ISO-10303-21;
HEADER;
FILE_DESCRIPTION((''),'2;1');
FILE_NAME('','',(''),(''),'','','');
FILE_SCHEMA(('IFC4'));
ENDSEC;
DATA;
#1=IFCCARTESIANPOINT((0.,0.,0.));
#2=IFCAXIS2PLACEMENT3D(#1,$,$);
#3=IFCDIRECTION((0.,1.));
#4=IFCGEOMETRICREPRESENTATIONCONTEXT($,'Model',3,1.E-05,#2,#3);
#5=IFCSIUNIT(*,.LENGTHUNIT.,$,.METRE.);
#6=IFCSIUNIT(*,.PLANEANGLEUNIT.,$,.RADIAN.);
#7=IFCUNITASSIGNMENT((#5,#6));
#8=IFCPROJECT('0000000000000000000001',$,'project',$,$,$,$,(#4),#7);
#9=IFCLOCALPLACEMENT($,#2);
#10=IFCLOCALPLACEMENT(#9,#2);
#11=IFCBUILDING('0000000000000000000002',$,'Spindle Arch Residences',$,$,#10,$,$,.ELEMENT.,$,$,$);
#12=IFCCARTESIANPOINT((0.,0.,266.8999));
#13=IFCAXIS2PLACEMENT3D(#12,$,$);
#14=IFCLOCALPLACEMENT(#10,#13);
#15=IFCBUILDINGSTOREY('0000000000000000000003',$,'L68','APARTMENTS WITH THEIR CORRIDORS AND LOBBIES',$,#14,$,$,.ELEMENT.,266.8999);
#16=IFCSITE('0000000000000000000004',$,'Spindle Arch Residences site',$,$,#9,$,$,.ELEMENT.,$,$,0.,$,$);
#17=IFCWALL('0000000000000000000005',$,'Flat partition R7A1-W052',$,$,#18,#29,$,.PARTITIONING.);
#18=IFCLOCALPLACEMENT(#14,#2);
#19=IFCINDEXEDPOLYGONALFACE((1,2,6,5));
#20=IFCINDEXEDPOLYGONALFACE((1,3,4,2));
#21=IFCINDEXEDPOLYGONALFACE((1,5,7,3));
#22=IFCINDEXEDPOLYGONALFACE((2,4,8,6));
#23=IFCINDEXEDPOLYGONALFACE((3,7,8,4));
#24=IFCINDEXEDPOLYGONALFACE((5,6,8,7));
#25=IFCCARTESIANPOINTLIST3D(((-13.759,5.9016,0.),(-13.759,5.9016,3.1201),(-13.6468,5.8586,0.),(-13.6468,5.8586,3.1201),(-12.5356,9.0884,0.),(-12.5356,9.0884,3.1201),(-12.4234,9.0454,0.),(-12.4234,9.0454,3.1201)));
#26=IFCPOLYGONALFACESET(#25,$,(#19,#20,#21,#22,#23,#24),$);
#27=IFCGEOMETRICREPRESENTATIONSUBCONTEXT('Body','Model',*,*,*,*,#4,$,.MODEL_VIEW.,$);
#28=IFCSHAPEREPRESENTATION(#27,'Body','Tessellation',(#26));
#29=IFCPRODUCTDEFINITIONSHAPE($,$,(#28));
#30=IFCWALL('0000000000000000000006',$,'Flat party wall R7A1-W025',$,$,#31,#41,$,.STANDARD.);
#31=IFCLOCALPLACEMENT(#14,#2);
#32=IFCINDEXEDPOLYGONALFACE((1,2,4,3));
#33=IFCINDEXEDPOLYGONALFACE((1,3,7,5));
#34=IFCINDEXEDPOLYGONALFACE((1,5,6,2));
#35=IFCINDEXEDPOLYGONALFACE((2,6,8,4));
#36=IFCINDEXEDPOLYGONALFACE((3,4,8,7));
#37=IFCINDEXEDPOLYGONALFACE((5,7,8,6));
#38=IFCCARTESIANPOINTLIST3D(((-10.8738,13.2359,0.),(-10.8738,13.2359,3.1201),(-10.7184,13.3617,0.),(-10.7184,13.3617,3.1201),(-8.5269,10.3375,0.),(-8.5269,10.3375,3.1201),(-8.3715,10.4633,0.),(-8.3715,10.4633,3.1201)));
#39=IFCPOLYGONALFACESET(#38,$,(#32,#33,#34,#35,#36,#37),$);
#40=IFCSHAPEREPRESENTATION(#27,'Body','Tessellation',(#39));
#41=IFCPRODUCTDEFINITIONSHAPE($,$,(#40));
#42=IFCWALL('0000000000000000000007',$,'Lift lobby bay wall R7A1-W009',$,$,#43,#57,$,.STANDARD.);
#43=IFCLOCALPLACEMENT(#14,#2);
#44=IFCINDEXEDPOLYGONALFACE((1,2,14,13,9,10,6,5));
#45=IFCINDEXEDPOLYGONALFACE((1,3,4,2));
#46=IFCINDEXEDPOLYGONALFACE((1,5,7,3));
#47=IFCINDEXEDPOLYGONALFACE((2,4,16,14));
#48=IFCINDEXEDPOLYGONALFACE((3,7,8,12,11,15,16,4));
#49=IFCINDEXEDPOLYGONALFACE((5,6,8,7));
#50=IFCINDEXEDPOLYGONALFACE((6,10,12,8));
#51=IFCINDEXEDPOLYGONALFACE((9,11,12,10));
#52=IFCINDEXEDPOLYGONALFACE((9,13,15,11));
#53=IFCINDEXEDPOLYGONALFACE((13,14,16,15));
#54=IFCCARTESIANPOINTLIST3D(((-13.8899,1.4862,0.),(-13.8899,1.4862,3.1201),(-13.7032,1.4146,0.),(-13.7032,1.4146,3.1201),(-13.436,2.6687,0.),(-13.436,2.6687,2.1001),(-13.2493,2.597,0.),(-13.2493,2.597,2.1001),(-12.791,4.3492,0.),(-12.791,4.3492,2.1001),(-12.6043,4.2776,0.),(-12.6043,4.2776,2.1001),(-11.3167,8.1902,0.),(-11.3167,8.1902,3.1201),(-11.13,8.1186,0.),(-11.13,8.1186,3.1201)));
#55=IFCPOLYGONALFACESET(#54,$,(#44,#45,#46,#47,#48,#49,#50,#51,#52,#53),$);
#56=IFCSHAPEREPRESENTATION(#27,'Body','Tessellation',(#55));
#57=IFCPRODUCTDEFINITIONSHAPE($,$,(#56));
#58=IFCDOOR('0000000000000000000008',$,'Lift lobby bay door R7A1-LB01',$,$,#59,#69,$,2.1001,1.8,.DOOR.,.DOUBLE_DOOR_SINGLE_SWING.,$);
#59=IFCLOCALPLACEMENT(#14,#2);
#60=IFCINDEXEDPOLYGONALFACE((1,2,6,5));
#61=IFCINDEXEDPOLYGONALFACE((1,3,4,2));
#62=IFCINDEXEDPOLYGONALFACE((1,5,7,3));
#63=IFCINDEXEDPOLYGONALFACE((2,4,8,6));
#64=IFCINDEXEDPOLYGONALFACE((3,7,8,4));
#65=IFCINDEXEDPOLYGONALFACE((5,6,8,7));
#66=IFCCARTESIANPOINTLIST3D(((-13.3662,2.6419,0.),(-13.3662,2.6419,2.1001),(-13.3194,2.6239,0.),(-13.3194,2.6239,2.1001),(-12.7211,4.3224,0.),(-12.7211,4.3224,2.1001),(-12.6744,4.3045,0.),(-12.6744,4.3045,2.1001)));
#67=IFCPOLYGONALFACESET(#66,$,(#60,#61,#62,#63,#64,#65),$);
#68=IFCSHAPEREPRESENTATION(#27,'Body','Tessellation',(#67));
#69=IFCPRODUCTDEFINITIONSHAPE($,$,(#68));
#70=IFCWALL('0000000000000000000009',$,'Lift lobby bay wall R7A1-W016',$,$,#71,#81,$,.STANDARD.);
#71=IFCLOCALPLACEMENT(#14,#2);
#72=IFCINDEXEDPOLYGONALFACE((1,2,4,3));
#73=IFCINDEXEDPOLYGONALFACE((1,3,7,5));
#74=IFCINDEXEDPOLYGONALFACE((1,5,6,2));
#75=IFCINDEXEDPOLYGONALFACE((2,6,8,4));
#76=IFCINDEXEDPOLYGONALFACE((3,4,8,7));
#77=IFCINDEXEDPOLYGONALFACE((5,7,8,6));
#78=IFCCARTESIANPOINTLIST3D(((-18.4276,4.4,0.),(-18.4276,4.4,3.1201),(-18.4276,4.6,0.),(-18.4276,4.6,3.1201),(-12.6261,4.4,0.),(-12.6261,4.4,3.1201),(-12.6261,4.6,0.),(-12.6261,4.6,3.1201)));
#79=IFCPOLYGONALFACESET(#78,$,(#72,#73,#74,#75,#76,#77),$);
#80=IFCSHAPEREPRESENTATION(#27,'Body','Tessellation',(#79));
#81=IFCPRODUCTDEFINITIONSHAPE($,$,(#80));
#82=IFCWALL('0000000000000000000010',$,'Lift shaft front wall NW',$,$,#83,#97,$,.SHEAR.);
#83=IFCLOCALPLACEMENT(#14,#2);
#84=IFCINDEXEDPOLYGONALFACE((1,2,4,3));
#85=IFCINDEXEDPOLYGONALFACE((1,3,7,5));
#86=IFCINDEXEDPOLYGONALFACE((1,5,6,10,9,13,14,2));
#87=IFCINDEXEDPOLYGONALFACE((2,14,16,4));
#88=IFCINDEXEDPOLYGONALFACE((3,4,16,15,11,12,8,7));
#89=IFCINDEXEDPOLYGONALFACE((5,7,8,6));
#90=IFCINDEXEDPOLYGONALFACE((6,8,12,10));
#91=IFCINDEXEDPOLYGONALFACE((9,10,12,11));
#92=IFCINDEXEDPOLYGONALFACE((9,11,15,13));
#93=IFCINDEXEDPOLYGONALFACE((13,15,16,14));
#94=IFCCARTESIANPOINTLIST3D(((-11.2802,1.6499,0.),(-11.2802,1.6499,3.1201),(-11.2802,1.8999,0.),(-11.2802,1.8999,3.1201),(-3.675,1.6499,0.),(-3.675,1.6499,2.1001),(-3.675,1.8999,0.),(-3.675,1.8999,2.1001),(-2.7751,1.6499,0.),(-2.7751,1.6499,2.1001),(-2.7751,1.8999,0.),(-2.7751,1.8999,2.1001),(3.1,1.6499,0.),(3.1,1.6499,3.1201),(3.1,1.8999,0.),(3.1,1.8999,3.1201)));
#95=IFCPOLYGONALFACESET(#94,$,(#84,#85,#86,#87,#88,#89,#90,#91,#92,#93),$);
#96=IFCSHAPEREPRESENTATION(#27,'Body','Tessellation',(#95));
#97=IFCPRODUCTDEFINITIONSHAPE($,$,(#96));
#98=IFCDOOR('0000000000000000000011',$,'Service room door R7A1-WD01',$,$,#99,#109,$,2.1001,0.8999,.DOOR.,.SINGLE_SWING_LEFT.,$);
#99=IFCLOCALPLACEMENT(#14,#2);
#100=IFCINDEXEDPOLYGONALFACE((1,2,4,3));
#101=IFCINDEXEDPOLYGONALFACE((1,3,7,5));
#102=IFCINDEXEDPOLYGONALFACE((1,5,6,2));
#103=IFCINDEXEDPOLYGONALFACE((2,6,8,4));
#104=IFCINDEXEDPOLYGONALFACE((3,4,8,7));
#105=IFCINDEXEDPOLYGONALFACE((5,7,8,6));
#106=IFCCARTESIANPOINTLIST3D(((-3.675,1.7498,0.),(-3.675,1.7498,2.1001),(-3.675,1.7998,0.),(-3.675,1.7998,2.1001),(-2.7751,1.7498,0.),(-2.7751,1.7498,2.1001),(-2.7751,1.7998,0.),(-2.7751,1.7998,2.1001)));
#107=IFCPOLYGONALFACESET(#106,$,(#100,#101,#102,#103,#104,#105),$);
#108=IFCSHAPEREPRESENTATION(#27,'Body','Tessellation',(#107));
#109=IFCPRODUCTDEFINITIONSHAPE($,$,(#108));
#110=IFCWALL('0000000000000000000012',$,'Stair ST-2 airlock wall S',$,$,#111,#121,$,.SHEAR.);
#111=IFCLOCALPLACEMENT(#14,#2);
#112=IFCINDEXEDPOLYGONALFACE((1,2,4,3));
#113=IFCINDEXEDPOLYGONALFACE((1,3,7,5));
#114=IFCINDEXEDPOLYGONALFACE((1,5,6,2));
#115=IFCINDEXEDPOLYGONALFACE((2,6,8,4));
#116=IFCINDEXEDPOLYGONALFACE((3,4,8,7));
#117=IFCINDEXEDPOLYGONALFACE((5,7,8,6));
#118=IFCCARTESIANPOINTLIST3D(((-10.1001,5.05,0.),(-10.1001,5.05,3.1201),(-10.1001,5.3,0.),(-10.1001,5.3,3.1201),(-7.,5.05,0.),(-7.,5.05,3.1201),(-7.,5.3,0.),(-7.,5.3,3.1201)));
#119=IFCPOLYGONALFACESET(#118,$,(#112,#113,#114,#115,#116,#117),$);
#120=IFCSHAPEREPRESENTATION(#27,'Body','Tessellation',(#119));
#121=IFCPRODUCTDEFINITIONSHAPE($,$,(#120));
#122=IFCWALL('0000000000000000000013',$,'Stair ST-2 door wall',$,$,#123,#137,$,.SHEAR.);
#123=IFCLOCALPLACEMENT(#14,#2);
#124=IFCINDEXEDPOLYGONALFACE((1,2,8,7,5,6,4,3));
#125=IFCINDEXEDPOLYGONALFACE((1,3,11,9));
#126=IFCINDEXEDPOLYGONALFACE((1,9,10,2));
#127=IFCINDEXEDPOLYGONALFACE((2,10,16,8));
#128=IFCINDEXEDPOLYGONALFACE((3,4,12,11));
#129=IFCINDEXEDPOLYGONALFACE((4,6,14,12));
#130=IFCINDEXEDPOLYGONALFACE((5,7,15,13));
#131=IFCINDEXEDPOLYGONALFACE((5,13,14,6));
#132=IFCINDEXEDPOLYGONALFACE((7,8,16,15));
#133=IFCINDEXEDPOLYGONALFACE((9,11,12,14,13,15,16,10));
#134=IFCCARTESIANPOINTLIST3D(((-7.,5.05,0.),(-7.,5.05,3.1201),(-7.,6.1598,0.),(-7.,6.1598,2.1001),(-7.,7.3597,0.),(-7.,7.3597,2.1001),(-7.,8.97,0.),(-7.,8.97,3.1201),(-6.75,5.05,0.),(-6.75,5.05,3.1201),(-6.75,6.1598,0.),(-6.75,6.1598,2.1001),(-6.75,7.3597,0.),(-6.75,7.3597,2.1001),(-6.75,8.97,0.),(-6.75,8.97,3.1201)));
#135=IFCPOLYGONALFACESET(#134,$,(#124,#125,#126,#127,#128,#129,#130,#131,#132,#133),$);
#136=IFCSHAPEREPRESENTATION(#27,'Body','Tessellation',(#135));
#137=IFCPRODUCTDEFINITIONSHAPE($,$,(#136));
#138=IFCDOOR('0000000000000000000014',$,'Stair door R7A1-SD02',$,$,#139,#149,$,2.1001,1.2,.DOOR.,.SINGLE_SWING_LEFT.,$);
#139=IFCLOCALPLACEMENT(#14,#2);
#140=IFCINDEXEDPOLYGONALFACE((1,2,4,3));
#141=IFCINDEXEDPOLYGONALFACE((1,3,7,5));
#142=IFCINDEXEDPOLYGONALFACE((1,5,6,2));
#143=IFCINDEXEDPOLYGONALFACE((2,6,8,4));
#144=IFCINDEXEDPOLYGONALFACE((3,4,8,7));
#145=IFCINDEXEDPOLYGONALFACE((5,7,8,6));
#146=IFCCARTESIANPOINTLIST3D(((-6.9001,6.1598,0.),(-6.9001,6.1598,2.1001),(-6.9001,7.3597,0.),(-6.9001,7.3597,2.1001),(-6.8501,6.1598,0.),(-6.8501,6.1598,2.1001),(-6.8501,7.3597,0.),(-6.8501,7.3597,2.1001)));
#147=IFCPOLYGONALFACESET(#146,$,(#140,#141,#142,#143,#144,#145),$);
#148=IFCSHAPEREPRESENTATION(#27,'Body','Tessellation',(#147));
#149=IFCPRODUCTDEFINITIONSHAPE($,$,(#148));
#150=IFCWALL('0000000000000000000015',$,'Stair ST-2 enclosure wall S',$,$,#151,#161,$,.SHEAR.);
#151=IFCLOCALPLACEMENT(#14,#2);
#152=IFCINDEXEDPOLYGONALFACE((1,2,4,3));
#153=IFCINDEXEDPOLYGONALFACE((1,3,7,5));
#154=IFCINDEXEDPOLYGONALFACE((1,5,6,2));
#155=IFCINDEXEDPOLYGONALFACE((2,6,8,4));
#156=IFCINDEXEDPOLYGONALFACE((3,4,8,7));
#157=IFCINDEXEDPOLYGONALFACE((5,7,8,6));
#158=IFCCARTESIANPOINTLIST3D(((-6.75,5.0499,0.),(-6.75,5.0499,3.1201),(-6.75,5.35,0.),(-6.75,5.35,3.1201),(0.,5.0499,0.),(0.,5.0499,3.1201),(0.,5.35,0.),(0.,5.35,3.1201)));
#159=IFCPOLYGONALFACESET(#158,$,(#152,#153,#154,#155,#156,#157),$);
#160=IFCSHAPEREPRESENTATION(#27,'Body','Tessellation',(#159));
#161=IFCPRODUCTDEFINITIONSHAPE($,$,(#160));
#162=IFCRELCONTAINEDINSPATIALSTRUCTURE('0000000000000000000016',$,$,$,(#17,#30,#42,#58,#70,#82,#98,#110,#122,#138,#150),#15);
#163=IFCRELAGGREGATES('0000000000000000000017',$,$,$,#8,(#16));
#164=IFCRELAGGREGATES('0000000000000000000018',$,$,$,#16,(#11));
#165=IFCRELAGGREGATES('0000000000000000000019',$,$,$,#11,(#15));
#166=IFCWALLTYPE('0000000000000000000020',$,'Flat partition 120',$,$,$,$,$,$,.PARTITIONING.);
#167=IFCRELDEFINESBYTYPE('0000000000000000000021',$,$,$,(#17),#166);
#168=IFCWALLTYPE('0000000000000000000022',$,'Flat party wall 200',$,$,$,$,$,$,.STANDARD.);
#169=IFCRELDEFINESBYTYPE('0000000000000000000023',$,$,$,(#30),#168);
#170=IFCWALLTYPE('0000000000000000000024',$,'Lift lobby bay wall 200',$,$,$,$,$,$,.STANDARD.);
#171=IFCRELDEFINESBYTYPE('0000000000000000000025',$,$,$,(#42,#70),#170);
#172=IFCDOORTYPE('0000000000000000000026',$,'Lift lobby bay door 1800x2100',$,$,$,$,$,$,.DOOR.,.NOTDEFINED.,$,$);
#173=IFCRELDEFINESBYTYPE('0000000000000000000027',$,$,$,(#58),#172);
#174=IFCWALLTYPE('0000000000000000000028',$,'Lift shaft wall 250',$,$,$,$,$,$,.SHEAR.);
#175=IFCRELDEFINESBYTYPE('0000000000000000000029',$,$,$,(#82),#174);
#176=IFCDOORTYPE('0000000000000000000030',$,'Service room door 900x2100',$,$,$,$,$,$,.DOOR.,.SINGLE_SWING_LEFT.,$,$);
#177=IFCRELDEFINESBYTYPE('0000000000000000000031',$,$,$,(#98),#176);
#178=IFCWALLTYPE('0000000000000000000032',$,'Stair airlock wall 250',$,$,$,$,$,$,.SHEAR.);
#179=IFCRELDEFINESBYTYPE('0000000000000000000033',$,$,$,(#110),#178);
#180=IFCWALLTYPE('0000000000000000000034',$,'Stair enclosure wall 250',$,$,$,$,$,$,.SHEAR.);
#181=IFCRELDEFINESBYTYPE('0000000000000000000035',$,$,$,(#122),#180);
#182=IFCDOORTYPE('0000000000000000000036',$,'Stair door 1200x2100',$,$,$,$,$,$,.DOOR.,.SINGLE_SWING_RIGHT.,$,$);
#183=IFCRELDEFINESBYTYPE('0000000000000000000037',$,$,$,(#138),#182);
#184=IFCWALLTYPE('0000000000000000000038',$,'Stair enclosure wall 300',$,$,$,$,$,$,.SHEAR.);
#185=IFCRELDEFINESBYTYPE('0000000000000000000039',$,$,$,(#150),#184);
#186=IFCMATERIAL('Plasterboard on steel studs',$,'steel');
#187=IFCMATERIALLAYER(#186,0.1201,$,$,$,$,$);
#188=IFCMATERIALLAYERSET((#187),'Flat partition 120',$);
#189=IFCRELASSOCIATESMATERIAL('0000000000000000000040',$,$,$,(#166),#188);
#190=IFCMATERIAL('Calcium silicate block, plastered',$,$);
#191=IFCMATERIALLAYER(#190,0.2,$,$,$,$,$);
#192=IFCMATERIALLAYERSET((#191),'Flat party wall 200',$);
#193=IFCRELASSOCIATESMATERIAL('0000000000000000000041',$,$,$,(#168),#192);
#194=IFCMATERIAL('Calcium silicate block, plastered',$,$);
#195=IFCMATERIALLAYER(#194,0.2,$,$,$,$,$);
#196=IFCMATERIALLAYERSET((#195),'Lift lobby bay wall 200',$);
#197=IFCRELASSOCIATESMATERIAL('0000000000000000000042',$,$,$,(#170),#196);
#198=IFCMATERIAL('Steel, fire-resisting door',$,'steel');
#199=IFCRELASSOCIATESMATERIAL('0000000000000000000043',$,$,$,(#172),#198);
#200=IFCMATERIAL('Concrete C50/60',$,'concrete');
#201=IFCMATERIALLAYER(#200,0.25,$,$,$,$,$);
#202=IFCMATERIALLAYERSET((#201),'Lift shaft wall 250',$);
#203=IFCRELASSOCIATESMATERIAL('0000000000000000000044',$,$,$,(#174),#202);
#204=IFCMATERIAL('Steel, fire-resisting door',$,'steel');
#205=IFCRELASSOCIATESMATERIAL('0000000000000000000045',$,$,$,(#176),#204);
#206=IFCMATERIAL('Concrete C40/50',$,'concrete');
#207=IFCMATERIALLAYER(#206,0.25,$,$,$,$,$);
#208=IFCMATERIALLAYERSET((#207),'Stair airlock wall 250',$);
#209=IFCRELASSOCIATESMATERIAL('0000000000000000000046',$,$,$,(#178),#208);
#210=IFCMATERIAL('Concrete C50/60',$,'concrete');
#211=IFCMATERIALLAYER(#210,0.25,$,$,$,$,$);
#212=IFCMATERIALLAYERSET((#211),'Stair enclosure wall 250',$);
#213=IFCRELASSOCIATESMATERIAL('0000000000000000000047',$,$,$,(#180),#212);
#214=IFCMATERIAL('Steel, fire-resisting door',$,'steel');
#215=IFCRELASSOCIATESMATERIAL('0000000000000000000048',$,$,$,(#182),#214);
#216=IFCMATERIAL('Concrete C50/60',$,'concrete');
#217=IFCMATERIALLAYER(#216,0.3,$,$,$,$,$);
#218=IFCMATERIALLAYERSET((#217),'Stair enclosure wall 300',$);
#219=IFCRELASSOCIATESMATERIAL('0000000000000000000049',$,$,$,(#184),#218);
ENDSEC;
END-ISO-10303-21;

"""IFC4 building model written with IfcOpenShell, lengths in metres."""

from ifc_helpers import new_model, si_unit, direction, frame, frame_2d, origin, place, context, subcontext, project, spatial, rectangle, extrude, material, layer, layer_set, type_object, element, fill, save


model = new_model("IFC4")

# Units and contexts
model_context = context("Model", 3, precision=1e-05, world=origin(), true_north=direction((0.0, 1.0)))
body_context = subcontext(model_context, "Body", "Model", "MODEL_VIEW")
ifc_project = project(units=[si_unit("LENGTHUNIT", "METRE"), si_unit("PLANEANGLEUNIT", "RADIAN")], contexts=[model_context])

# Site, building, storey
site_placement = place(None, origin())
site = spatial("IfcSite", under=ifc_project, at=site_placement, Name="Spindle Arch Residences site", CompositionType="ELEMENT", RefElevation=0.0)
building_placement = place(site_placement, origin())
building = spatial("IfcBuilding", under=site, at=building_placement, Name="Spindle Arch Residences", CompositionType="ELEMENT")
storey_placement = place(building_placement, frame((0.0, 0.0, 266.8999)))
storey = spatial("IfcBuildingStorey", under=building, at=storey_placement, Name="L68", Description="APARTMENTS WITH THEIR CORRIDORS AND LOBBIES", CompositionType="ELEMENT", Elevation=266.8999)

# Shared definitions
ifc_material_1 = material(Name="Plasterboard on steel studs", Category="steel")
ifc_layer_1 = layer(ifc_material_1, 0.1201)
ifc_layer_set_1 = layer_set([ifc_layer_1], Name="Flat partition 120")
wall_type_1 = type_object("IfcWallType", Name="Flat partition 120", PredefinedType="PARTITIONING", material=ifc_layer_set_1)

# Walls
wall_1_placement = place(storey_placement, frame((-12.4795, 9.0669, 0.0), z_axis=(0.0, 0.0, 1.0), x_axis=(-0.358394, -0.93357, 0.0)))
element("IfcWall", 1, at=wall_1_placement, inside=storey, type_object=wall_type_1, Name="Flat partition R7A1-W052", PredefinedType="PARTITIONING", context=body_context, shape_type="SweptSolid", body=[
    extrude(rectangle(XDim=3.4136, YDim=0.1201, at=frame_2d((1.7068, 0.0))), origin(), (0.0, 0.0, 1.0), 3.1201),
])
ifc_material_2 = material(Name="Calcium silicate block, plastered")
ifc_layer_2 = layer(ifc_material_2, 0.2)
ifc_layer_set_2 = layer_set([ifc_layer_2], Name="Flat party wall 200")
wall_type_2 = type_object("IfcWallType", Name="Flat party wall 200", PredefinedType="STANDARD", material=ifc_layer_set_2)
wall_2_placement = place(storey_placement, frame((-10.7961, 13.2988, 0.0), z_axis=(0.0, 0.0, 1.0), x_axis=(0.62929, -0.77717, 0.0)))
element("IfcWall", 2, at=wall_2_placement, inside=storey, type_object=wall_type_2, Name="Flat party wall R7A1-W025", PredefinedType="STANDARD", context=body_context, shape_type="SweptSolid", body=[
    extrude(rectangle(XDim=3.7295, YDim=0.2, at=frame_2d((1.8647, 0.0))), origin(), (0.0, 0.0, 1.0), 3.1201),
])

# Wall, opening, door
ifc_material_3 = material(Name="Calcium silicate block, plastered")
ifc_layer_3 = layer(ifc_material_3, 0.2)
ifc_layer_set_3 = layer_set([ifc_layer_3], Name="Lift lobby bay wall 200")
wall_type_3 = type_object("IfcWallType", Name="Lift lobby bay wall 200", PredefinedType="STANDARD", material=ifc_layer_set_3)
wall_3_placement = place(storey_placement, frame((-11.2234, 8.1543, 0.0), z_axis=(0.0, 0.0, 1.0), x_axis=(-0.358341, -0.933591, 0.0)))
wall_3 = element("IfcWall", 3, at=wall_3_placement, inside=storey, type_object=wall_type_3, Name="Lift lobby bay wall R7A1-W009", PredefinedType="STANDARD", context=body_context, shape_type="SweptSolid", body=[
    extrude(rectangle(XDim=7.1809, YDim=0.2, at=frame_2d((3.5903, 0.0))), origin(), (0.0, 0.0, 1.0), 3.1201),
])
opening_1_placement = place(wall_3_placement, frame((4.1143, 0.0, 0.0)))
opening_1 = element("IfcOpeningElement", 4, at=opening_1_placement, cuts=wall_3, PredefinedType="OPENING", context=body_context, shape_type="SweptSolid", body=[
    extrude(rectangle(XDim=1.8, YDim=2.1001, at=frame_2d((0.8999, 1.05))), frame((0.0, 0.1099, 0.0), z_axis=(0.0, -1.0, 0.0), x_axis=(1.0, 0.0, 0.0)), (0.0, 0.0, 1.0), 0.22),
])
ifc_material_4 = material(Name="Steel, fire-resisting door", Category="steel")
door_type_1 = type_object("IfcDoorType", Name="Lift lobby bay door 1800x2100", OperationType="NOTDEFINED", PredefinedType="DOOR", material=ifc_material_4)
door_1_placement = place(opening_1_placement, origin())
door_1 = element("IfcDoor", 5, at=door_1_placement, inside=storey, type_object=door_type_1, Name="Lift lobby bay door R7A1-LB01", OperationType="DOUBLE_DOOR_SINGLE_SWING", OverallHeight=2.1001, OverallWidth=1.8, PredefinedType="DOOR", context=body_context, shape_type="SweptSolid", body=[
    extrude(rectangle(XDim=1.8, YDim=2.1001, at=frame_2d((0.8999, 1.05))), frame((0.0, 0.0249, 0.0), z_axis=(0.0, -1.0, 0.0), x_axis=(1.0, 0.0, 0.0)), (0.0, 0.0, 1.0), 0.05),
])
fill(opening_1, door_1)

# Wall
wall_4_placement = place(storey_placement, frame((-12.626, 4.5, 0.0), z_axis=(0.0, 0.0, 1.0), x_axis=(-1.0, 0.0, 0.0)))
element("IfcWall", 6, at=wall_4_placement, inside=storey, type_object=wall_type_3, Name="Lift lobby bay wall R7A1-W016", PredefinedType="STANDARD", context=body_context, shape_type="SweptSolid", body=[
    extrude(rectangle(XDim=5.8015, YDim=0.2, at=frame_2d((2.9009, 0.0))), origin(), (0.0, 0.0, 1.0), 3.1201),
])

# Wall, opening, door
ifc_material_5 = material(Name="Concrete C50/60", Category="concrete")
ifc_layer_4 = layer(ifc_material_5, 0.25)
ifc_layer_set_4 = layer_set([ifc_layer_4], Name="Lift shaft wall 250")
wall_type_4 = type_object("IfcWallType", Name="Lift shaft wall 250", PredefinedType="SHEAR", material=ifc_layer_set_4)
wall_5_placement = place(storey_placement, frame((-11.28, 1.7749, 0.0), z_axis=(0.0, 0.0, 1.0), x_axis=(1.0, 0.0, 0.0)))
wall_5 = element("IfcWall", 7, at=wall_5_placement, inside=storey, type_object=wall_type_4, Name="Lift shaft front wall NW", PredefinedType="SHEAR", context=body_context, shape_type="SweptSolid", body=[
    extrude(rectangle(XDim=14.3801, YDim=0.25, at=frame_2d((7.1899, 0.0))), origin(), (0.0, 0.0, 1.0), 3.1201),
])
opening_2_placement = place(wall_5_placement, frame((7.605, 0.0, 0.0)))
opening_2 = element("IfcOpeningElement", 8, at=opening_2_placement, cuts=wall_5, PredefinedType="OPENING", context=body_context, shape_type="SweptSolid", body=[
    extrude(rectangle(XDim=0.8999, YDim=2.1001, at=frame_2d((0.45, 1.05))), frame((0.0, 0.135, 0.0), z_axis=(0.0, -1.0, 0.0), x_axis=(1.0, 0.0, 0.0)), (0.0, 0.0, 1.0), 0.27),
])
ifc_material_6 = material(Name="Steel, fire-resisting door", Category="steel")
door_type_2 = type_object("IfcDoorType", Name="Service room door 900x2100", OperationType="SINGLE_SWING_LEFT", PredefinedType="DOOR", material=ifc_material_6)
door_2_placement = place(opening_2_placement, origin())
door_2 = element("IfcDoor", 9, at=door_2_placement, inside=storey, type_object=door_type_2, Name="Service room door R7A1-WD01", OperationType="SINGLE_SWING_LEFT", OverallHeight=2.1001, OverallWidth=0.8999, PredefinedType="DOOR", context=body_context, shape_type="SweptSolid", body=[
    extrude(rectangle(XDim=0.8999, YDim=2.1001, at=frame_2d((0.45, 1.05))), frame((0.0, 0.0249, 0.0), z_axis=(0.0, -1.0, 0.0), x_axis=(1.0, 0.0, 0.0)), (0.0, 0.0, 1.0), 0.05),
])
fill(opening_2, door_2)

# Wall
ifc_material_7 = material(Name="Concrete C40/50", Category="concrete")
ifc_layer_5 = layer(ifc_material_7, 0.25)
ifc_layer_set_5 = layer_set([ifc_layer_5], Name="Stair airlock wall 250")
wall_type_5 = type_object("IfcWallType", Name="Stair airlock wall 250", PredefinedType="SHEAR", material=ifc_layer_set_5)
wall_6_placement = place(storey_placement, frame((-7.0, 5.175, 0.0), z_axis=(0.0, 0.0, 1.0), x_axis=(-1.0, 0.0, 0.0)))
element("IfcWall", 10, at=wall_6_placement, inside=storey, type_object=wall_type_5, Name="Stair ST-2 airlock wall S", PredefinedType="SHEAR", context=body_context, shape_type="SweptSolid", body=[
    extrude(rectangle(XDim=3.1001, YDim=0.25, at=frame_2d((1.55, 0.0))), origin(), (0.0, 0.0, 1.0), 3.1201),
])

# Wall, opening, door
ifc_material_8 = material(Name="Concrete C50/60", Category="concrete")
ifc_layer_6 = layer(ifc_material_8, 0.25)
ifc_layer_set_6 = layer_set([ifc_layer_6], Name="Stair enclosure wall 250")
wall_type_6 = type_object("IfcWallType", Name="Stair enclosure wall 250", PredefinedType="SHEAR", material=ifc_layer_set_6)
wall_7_placement = place(storey_placement, frame((-6.875, 8.97, 0.0), z_axis=(0.0, 0.0, 1.0), x_axis=(0.0, -1.0, 0.0)))
wall_7 = element("IfcWall", 11, at=wall_7_placement, inside=storey, type_object=wall_type_6, Name="Stair ST-2 door wall", PredefinedType="SHEAR", context=body_context, shape_type="SweptSolid", body=[
    extrude(rectangle(XDim=3.9199, YDim=0.25, at=frame_2d((1.96, 0.0))), origin(), (0.0, 0.0, 1.0), 3.1201),
])
opening_3_placement = place(wall_7_placement, frame((1.6101, 0.0, 0.0)))
opening_3 = element("IfcOpeningElement", 12, at=opening_3_placement, cuts=wall_7, PredefinedType="OPENING", context=body_context, shape_type="SweptSolid", body=[
    extrude(rectangle(XDim=1.2, YDim=2.1001, at=frame_2d((0.6001, 1.05))), frame((0.0, 0.135, 0.0), z_axis=(0.0, -1.0, 0.0), x_axis=(1.0, 0.0, 0.0)), (0.0, 0.0, 1.0), 0.27),
])
ifc_material_9 = material(Name="Steel, fire-resisting door", Category="steel")
door_type_3 = type_object("IfcDoorType", Name="Stair door 1200x2100", OperationType="SINGLE_SWING_RIGHT", PredefinedType="DOOR", material=ifc_material_9)
door_3_placement = place(opening_3_placement, origin())
door_3 = element("IfcDoor", 13, at=door_3_placement, inside=storey, type_object=door_type_3, Name="Stair door R7A1-SD02", OperationType="SINGLE_SWING_LEFT", OverallHeight=2.1001, OverallWidth=1.2, PredefinedType="DOOR", context=body_context, shape_type="SweptSolid", body=[
    extrude(rectangle(XDim=1.2, YDim=2.1001, at=frame_2d((0.6001, 1.05))), frame((0.0, 0.0249, 0.0), z_axis=(0.0, -1.0, 0.0), x_axis=(1.0, 0.0, 0.0)), (0.0, 0.0, 1.0), 0.05),
])
fill(opening_3, door_3)

# Wall
ifc_material_10 = material(Name="Concrete C50/60", Category="concrete")
ifc_layer_7 = layer(ifc_material_10, 0.3)
ifc_layer_set_7 = layer_set([ifc_layer_7], Name="Stair enclosure wall 300")
wall_type_7 = type_object("IfcWallType", Name="Stair enclosure wall 300", PredefinedType="SHEAR", material=ifc_layer_set_7)
for number, where, z_axis, x_axis, name in (
    (14, (-6.75, 5.2, 0.0), (0.0, 0.0, 1.0), (1.0, 0.0, 0.0), "Stair ST-2 enclosure wall S"),
):
    element("IfcWall", number, at=place(storey_placement, frame(where, z_axis=z_axis, x_axis=x_axis)), inside=storey, type_object=wall_type_7, Name=name, PredefinedType="SHEAR", context=body_context, shape_type="SweptSolid", body=[
        extrude(rectangle(XDim=6.75, YDim=0.3, at=frame_2d((3.375, 0.0))), origin(), (0.0, 0.0, 1.0), 3.1201),
    ])

save(model, "model.ifc")
